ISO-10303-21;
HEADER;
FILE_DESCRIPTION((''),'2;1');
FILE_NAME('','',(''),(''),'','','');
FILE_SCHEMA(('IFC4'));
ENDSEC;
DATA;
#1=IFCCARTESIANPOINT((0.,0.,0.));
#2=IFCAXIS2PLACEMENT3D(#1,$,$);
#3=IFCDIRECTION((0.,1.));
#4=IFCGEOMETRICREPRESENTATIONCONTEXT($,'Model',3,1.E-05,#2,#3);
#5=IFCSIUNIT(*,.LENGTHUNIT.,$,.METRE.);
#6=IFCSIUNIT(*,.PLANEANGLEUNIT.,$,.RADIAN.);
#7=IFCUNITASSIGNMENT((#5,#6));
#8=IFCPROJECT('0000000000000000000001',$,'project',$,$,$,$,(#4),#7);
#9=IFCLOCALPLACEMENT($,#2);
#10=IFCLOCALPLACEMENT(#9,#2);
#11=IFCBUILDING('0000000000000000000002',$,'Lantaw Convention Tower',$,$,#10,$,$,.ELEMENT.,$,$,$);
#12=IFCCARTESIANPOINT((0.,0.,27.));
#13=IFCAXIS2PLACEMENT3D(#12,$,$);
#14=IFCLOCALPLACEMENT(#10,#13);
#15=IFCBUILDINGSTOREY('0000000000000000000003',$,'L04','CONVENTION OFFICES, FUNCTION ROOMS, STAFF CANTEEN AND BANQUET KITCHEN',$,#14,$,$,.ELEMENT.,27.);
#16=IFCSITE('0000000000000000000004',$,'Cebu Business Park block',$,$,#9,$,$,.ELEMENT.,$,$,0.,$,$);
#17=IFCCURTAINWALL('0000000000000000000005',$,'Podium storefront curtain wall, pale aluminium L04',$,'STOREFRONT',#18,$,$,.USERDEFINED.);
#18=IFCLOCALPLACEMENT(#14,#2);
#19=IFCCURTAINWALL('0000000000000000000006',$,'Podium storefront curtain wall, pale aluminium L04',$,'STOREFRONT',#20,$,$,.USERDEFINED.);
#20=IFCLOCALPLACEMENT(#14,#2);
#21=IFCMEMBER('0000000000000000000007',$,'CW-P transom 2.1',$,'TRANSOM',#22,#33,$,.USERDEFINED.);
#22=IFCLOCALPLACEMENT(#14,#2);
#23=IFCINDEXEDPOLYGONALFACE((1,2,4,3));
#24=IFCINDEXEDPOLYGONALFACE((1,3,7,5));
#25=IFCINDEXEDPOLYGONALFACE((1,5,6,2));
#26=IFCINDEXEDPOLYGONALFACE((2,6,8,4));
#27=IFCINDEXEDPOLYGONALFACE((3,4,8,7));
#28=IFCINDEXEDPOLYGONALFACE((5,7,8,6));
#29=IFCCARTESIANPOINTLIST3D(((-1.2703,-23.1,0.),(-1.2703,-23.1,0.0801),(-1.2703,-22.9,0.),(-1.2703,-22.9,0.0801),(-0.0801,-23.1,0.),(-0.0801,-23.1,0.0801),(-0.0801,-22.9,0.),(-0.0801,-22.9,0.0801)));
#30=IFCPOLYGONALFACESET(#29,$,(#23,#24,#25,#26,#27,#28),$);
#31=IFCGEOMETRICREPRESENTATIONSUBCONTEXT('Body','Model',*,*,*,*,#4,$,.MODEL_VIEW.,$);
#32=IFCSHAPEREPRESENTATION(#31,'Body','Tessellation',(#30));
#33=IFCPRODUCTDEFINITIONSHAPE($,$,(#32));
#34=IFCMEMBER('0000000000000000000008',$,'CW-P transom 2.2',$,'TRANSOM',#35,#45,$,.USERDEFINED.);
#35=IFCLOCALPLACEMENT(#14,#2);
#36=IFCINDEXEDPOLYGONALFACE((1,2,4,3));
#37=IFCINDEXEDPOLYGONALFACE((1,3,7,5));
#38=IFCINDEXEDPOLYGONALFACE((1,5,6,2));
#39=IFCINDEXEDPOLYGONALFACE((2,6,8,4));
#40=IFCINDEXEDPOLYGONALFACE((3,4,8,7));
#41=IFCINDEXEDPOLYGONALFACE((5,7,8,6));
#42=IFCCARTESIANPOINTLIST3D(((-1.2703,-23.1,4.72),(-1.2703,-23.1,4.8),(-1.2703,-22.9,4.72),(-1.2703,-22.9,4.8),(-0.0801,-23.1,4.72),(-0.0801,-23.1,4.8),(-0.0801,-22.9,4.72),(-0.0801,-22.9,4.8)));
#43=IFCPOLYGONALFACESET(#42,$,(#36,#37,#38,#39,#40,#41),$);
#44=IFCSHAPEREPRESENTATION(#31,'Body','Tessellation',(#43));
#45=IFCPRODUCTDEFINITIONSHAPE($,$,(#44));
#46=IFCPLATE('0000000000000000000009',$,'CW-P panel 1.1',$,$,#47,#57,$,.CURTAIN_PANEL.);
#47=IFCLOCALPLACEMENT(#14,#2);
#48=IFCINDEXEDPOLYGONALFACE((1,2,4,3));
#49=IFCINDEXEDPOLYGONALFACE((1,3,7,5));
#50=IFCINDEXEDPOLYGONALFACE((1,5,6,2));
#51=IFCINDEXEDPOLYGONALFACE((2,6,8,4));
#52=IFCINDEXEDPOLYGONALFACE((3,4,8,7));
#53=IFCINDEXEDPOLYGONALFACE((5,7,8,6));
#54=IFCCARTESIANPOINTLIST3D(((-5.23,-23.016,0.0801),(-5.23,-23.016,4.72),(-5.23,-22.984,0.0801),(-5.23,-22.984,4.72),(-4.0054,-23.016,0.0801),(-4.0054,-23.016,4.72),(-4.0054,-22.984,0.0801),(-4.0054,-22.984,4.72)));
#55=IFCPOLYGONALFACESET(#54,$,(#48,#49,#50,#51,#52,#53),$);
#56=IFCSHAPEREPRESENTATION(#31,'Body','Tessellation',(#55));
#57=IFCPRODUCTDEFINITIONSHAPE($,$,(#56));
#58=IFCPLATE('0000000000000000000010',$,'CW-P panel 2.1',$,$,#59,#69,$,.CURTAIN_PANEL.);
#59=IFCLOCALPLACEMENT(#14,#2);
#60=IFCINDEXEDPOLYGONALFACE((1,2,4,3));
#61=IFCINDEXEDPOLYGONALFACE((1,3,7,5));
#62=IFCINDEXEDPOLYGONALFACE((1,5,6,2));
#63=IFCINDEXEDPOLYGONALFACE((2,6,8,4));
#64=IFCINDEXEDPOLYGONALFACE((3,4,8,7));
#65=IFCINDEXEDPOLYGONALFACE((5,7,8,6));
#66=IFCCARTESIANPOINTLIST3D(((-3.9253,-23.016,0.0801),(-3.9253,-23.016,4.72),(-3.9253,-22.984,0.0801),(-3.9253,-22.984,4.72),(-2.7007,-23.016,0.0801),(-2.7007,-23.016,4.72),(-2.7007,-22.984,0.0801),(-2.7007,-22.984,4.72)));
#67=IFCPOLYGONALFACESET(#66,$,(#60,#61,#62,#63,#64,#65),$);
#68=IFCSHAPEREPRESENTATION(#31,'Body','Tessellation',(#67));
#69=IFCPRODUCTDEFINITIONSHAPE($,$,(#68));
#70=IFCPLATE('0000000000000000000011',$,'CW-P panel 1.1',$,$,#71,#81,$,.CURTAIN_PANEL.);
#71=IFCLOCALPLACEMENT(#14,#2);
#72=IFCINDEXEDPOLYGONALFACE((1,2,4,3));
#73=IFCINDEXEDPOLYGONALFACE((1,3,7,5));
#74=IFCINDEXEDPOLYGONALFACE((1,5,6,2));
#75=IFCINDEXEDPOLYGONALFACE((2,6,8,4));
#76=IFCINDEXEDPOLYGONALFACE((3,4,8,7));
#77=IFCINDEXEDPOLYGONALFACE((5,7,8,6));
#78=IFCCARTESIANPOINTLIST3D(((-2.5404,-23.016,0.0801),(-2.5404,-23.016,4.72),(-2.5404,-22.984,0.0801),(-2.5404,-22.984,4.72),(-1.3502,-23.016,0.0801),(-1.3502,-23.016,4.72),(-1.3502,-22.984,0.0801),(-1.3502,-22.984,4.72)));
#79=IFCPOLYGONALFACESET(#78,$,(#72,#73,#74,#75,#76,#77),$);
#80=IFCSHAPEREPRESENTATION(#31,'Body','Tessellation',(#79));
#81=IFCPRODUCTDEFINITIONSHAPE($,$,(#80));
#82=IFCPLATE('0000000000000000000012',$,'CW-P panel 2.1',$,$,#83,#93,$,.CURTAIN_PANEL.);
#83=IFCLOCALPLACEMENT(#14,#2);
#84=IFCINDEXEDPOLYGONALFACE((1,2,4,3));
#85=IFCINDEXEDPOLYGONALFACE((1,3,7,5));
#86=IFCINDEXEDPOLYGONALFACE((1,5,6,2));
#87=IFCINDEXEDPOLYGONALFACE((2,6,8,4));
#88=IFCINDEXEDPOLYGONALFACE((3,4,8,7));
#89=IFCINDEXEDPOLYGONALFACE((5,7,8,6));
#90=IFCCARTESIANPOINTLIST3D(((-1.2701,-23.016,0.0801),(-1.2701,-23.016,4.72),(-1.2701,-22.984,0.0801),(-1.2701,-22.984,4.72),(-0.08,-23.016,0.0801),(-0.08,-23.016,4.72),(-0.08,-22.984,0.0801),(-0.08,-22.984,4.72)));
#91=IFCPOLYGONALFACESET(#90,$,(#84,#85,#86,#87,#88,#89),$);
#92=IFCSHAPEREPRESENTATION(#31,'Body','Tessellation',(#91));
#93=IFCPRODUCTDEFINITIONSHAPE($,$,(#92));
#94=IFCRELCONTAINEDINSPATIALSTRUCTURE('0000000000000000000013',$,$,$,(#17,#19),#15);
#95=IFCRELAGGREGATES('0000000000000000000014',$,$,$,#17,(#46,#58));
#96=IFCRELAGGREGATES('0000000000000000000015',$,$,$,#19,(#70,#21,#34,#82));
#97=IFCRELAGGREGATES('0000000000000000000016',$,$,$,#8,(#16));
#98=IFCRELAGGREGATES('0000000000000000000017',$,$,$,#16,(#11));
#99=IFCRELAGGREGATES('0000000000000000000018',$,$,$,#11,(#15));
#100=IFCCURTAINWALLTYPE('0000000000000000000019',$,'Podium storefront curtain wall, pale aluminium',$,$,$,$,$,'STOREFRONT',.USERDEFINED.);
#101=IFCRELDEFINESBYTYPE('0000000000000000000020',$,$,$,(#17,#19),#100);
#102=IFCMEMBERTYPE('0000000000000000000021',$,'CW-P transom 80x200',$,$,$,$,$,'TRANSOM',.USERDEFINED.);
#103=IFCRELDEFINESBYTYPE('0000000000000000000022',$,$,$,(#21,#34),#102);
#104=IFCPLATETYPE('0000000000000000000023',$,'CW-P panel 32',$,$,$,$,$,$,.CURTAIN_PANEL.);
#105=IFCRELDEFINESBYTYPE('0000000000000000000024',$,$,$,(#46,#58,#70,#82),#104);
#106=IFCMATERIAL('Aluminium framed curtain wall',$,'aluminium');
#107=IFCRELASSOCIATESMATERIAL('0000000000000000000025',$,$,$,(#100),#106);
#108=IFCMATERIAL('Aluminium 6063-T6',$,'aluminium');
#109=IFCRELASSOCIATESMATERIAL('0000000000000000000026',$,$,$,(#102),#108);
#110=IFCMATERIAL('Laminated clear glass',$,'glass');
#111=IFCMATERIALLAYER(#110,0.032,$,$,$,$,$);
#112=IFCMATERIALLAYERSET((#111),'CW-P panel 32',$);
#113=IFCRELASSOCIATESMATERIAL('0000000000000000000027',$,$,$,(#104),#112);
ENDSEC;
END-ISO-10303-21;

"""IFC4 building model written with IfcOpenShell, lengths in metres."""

from ifc_helpers import new_model, si_unit, direction, frame, origin, origin_2d, place, context, subcontext, project, spatial, rectangle, extrude, material, layer, layer_set, material_profile, profile_set, type_object, element, aggregate, save


model = new_model("IFC4")

# Units and contexts
model_context = context("Model", 3, precision=1e-05, world=origin(), true_north=direction((0.0, 1.0)))
body_context = subcontext(model_context, "Body", "Model", "MODEL_VIEW")
ifc_project = project(units=[si_unit("LENGTHUNIT", "METRE"), si_unit("PLANEANGLEUNIT", "RADIAN")], contexts=[model_context])

# Site, building, storey
site_placement = place(None, origin())
site = spatial("IfcSite", under=ifc_project, at=site_placement, Name="Cebu Business Park block", CompositionType="ELEMENT", RefElevation=0.0)
building_placement = place(site_placement, origin())
building = spatial("IfcBuilding", under=site, at=building_placement, Name="Lantaw Convention Tower", CompositionType="ELEMENT")
storey_placement = place(building_placement, frame((0.0, 0.0, 27.0)))
storey = spatial("IfcBuildingStorey", under=building, at=storey_placement, Name="L04", Description="CONVENTION OFFICES, FUNCTION ROOMS, STAFF CANTEEN AND BANQUET KITCHEN", CompositionType="ELEMENT", Elevation=27.0)

# Curtain walls
ifc_material_1 = material(Name="Aluminium framed curtain wall", Category="aluminium")
curtain_wall_type = type_object("IfcCurtainWallType", Name="Podium storefront curtain wall, pale aluminium", ElementType="STOREFRONT", PredefinedType="USERDEFINED", material=ifc_material_1)
curtain_wall_1_placement = place(storey_placement, origin())
curtain_wall_1 = element("IfcCurtainWall", 1, at=curtain_wall_1_placement, inside=storey, type_object=curtain_wall_type, Name="Podium storefront curtain wall, pale aluminium L04", ObjectType="STOREFRONT", PredefinedType="USERDEFINED")
ifc_material_2 = material(Name="Aluminium 6063-T6", Category="aluminium")
curtain_wall_2_placement = place(storey_placement, origin())
curtain_wall_2 = element("IfcCurtainWall", 2, at=curtain_wall_2_placement, inside=storey, type_object=curtain_wall_type, Name="Podium storefront curtain wall, pale aluminium L04", ObjectType="STOREFRONT", PredefinedType="USERDEFINED")

# Members
ifc_material_profile_1 = material_profile(ifc_material_2, rectangle(XDim=0.2, YDim=0.0801, at=origin_2d()), Name="CW-P transom 80x200")
ifc_profile_set_1 = profile_set([ifc_material_profile_1], Name="Aluminium 6063-T6")
member_type_1 = type_object("IfcMemberType", Name="CW-P transom 80x200", ElementType="TRANSOM", PredefinedType="USERDEFINED", material=ifc_profile_set_1)
member_1_placement = place(storey_placement, frame((-1.2703, -23.0, 0.04), z_axis=(1.0, 0.0, 0.0), x_axis=(0.0, 1.0, 0.0)))
member_1 = element("IfcMember", 3, at=member_1_placement, type_object=member_type_1, Name="CW-P transom 2.1", ObjectType="TRANSOM", PredefinedType="USERDEFINED", context=body_context, shape_type="SweptSolid", body=[
    extrude(rectangle(XDim=0.2, YDim=0.0801, at=origin_2d()), origin(), (0.0, 0.0, 1.0), 1.1902),
])
member_2_placement = place(storey_placement, frame((-1.2703, -23.0, 4.76), z_axis=(1.0, 0.0, 0.0), x_axis=(0.0, 1.0, 0.0)))
member_2 = element("IfcMember", 4, at=member_2_placement, type_object=member_type_1, Name="CW-P transom 2.2", ObjectType="TRANSOM", PredefinedType="USERDEFINED", context=body_context, shape_type="SweptSolid", body=[
    extrude(rectangle(XDim=0.2, YDim=0.0801, at=origin_2d()), origin(), (0.0, 0.0, 1.0), 1.1902),
])

# Plates
ifc_material_3 = material(Name="Laminated clear glass", Category="glass")
ifc_layer = layer(ifc_material_3, 0.032)
ifc_layer_set = layer_set([ifc_layer], Name="CW-P panel 32")
plate_type = type_object("IfcPlateType", Name="CW-P panel 32", PredefinedType="CURTAIN_PANEL", material=ifc_layer_set)
plate_1_placement = place(storey_placement, frame((-4.6177, -23.0, 0.0801), z_axis=(0.0, 0.0, 1.0), x_axis=(1.0, 0.0, 0.0)))
plate_1 = element("IfcPlate", 5, at=plate_1_placement, type_object=plate_type, Name="CW-P panel 1.1", PredefinedType="CURTAIN_PANEL", context=body_context, shape_type="SweptSolid", body=[
    extrude(rectangle(XDim=1.2246, YDim=0.032, at=origin_2d()), origin(), (0.0, 0.0, 1.0), 4.6399),
])
plate_2_placement = place(storey_placement, frame((-3.313, -23.0, 0.0801), z_axis=(0.0, 0.0, 1.0), x_axis=(1.0, 0.0, 0.0)))
plate_2 = element("IfcPlate", 6, at=plate_2_placement, type_object=plate_type, Name="CW-P panel 2.1", PredefinedType="CURTAIN_PANEL", context=body_context, shape_type="SweptSolid", body=[
    extrude(rectangle(XDim=1.2246, YDim=0.032, at=origin_2d()), origin(), (0.0, 0.0, 1.0), 4.6399),
])
aggregate(curtain_wall_1, [plate_1, plate_2])
plate_3_placement = place(storey_placement, frame((-1.9453, -23.0, 0.0801), z_axis=(0.0, 0.0, 1.0), x_axis=(1.0, 0.0, 0.0)))
plate_3 = element("IfcPlate", 7, at=plate_3_placement, type_object=plate_type, Name="CW-P panel 1.1", PredefinedType="CURTAIN_PANEL", context=body_context, shape_type="SweptSolid", body=[
    extrude(rectangle(XDim=1.1902, YDim=0.032, at=origin_2d()), origin(), (0.0, 0.0, 1.0), 4.6399),
])
plate_4_placement = place(storey_placement, frame((-0.675, -23.0, 0.0801), z_axis=(0.0, 0.0, 1.0), x_axis=(1.0, 0.0, 0.0)))
plate_4 = element("IfcPlate", 8, at=plate_4_placement, type_object=plate_type, Name="CW-P panel 2.1", PredefinedType="CURTAIN_PANEL", context=body_context, shape_type="SweptSolid", body=[
    extrude(rectangle(XDim=1.1902, YDim=0.032, at=origin_2d()), origin(), (0.0, 0.0, 1.0), 4.6399),
])
aggregate(curtain_wall_2, [plate_3, member_1, member_2, plate_4])

save(model, "model.ifc")
